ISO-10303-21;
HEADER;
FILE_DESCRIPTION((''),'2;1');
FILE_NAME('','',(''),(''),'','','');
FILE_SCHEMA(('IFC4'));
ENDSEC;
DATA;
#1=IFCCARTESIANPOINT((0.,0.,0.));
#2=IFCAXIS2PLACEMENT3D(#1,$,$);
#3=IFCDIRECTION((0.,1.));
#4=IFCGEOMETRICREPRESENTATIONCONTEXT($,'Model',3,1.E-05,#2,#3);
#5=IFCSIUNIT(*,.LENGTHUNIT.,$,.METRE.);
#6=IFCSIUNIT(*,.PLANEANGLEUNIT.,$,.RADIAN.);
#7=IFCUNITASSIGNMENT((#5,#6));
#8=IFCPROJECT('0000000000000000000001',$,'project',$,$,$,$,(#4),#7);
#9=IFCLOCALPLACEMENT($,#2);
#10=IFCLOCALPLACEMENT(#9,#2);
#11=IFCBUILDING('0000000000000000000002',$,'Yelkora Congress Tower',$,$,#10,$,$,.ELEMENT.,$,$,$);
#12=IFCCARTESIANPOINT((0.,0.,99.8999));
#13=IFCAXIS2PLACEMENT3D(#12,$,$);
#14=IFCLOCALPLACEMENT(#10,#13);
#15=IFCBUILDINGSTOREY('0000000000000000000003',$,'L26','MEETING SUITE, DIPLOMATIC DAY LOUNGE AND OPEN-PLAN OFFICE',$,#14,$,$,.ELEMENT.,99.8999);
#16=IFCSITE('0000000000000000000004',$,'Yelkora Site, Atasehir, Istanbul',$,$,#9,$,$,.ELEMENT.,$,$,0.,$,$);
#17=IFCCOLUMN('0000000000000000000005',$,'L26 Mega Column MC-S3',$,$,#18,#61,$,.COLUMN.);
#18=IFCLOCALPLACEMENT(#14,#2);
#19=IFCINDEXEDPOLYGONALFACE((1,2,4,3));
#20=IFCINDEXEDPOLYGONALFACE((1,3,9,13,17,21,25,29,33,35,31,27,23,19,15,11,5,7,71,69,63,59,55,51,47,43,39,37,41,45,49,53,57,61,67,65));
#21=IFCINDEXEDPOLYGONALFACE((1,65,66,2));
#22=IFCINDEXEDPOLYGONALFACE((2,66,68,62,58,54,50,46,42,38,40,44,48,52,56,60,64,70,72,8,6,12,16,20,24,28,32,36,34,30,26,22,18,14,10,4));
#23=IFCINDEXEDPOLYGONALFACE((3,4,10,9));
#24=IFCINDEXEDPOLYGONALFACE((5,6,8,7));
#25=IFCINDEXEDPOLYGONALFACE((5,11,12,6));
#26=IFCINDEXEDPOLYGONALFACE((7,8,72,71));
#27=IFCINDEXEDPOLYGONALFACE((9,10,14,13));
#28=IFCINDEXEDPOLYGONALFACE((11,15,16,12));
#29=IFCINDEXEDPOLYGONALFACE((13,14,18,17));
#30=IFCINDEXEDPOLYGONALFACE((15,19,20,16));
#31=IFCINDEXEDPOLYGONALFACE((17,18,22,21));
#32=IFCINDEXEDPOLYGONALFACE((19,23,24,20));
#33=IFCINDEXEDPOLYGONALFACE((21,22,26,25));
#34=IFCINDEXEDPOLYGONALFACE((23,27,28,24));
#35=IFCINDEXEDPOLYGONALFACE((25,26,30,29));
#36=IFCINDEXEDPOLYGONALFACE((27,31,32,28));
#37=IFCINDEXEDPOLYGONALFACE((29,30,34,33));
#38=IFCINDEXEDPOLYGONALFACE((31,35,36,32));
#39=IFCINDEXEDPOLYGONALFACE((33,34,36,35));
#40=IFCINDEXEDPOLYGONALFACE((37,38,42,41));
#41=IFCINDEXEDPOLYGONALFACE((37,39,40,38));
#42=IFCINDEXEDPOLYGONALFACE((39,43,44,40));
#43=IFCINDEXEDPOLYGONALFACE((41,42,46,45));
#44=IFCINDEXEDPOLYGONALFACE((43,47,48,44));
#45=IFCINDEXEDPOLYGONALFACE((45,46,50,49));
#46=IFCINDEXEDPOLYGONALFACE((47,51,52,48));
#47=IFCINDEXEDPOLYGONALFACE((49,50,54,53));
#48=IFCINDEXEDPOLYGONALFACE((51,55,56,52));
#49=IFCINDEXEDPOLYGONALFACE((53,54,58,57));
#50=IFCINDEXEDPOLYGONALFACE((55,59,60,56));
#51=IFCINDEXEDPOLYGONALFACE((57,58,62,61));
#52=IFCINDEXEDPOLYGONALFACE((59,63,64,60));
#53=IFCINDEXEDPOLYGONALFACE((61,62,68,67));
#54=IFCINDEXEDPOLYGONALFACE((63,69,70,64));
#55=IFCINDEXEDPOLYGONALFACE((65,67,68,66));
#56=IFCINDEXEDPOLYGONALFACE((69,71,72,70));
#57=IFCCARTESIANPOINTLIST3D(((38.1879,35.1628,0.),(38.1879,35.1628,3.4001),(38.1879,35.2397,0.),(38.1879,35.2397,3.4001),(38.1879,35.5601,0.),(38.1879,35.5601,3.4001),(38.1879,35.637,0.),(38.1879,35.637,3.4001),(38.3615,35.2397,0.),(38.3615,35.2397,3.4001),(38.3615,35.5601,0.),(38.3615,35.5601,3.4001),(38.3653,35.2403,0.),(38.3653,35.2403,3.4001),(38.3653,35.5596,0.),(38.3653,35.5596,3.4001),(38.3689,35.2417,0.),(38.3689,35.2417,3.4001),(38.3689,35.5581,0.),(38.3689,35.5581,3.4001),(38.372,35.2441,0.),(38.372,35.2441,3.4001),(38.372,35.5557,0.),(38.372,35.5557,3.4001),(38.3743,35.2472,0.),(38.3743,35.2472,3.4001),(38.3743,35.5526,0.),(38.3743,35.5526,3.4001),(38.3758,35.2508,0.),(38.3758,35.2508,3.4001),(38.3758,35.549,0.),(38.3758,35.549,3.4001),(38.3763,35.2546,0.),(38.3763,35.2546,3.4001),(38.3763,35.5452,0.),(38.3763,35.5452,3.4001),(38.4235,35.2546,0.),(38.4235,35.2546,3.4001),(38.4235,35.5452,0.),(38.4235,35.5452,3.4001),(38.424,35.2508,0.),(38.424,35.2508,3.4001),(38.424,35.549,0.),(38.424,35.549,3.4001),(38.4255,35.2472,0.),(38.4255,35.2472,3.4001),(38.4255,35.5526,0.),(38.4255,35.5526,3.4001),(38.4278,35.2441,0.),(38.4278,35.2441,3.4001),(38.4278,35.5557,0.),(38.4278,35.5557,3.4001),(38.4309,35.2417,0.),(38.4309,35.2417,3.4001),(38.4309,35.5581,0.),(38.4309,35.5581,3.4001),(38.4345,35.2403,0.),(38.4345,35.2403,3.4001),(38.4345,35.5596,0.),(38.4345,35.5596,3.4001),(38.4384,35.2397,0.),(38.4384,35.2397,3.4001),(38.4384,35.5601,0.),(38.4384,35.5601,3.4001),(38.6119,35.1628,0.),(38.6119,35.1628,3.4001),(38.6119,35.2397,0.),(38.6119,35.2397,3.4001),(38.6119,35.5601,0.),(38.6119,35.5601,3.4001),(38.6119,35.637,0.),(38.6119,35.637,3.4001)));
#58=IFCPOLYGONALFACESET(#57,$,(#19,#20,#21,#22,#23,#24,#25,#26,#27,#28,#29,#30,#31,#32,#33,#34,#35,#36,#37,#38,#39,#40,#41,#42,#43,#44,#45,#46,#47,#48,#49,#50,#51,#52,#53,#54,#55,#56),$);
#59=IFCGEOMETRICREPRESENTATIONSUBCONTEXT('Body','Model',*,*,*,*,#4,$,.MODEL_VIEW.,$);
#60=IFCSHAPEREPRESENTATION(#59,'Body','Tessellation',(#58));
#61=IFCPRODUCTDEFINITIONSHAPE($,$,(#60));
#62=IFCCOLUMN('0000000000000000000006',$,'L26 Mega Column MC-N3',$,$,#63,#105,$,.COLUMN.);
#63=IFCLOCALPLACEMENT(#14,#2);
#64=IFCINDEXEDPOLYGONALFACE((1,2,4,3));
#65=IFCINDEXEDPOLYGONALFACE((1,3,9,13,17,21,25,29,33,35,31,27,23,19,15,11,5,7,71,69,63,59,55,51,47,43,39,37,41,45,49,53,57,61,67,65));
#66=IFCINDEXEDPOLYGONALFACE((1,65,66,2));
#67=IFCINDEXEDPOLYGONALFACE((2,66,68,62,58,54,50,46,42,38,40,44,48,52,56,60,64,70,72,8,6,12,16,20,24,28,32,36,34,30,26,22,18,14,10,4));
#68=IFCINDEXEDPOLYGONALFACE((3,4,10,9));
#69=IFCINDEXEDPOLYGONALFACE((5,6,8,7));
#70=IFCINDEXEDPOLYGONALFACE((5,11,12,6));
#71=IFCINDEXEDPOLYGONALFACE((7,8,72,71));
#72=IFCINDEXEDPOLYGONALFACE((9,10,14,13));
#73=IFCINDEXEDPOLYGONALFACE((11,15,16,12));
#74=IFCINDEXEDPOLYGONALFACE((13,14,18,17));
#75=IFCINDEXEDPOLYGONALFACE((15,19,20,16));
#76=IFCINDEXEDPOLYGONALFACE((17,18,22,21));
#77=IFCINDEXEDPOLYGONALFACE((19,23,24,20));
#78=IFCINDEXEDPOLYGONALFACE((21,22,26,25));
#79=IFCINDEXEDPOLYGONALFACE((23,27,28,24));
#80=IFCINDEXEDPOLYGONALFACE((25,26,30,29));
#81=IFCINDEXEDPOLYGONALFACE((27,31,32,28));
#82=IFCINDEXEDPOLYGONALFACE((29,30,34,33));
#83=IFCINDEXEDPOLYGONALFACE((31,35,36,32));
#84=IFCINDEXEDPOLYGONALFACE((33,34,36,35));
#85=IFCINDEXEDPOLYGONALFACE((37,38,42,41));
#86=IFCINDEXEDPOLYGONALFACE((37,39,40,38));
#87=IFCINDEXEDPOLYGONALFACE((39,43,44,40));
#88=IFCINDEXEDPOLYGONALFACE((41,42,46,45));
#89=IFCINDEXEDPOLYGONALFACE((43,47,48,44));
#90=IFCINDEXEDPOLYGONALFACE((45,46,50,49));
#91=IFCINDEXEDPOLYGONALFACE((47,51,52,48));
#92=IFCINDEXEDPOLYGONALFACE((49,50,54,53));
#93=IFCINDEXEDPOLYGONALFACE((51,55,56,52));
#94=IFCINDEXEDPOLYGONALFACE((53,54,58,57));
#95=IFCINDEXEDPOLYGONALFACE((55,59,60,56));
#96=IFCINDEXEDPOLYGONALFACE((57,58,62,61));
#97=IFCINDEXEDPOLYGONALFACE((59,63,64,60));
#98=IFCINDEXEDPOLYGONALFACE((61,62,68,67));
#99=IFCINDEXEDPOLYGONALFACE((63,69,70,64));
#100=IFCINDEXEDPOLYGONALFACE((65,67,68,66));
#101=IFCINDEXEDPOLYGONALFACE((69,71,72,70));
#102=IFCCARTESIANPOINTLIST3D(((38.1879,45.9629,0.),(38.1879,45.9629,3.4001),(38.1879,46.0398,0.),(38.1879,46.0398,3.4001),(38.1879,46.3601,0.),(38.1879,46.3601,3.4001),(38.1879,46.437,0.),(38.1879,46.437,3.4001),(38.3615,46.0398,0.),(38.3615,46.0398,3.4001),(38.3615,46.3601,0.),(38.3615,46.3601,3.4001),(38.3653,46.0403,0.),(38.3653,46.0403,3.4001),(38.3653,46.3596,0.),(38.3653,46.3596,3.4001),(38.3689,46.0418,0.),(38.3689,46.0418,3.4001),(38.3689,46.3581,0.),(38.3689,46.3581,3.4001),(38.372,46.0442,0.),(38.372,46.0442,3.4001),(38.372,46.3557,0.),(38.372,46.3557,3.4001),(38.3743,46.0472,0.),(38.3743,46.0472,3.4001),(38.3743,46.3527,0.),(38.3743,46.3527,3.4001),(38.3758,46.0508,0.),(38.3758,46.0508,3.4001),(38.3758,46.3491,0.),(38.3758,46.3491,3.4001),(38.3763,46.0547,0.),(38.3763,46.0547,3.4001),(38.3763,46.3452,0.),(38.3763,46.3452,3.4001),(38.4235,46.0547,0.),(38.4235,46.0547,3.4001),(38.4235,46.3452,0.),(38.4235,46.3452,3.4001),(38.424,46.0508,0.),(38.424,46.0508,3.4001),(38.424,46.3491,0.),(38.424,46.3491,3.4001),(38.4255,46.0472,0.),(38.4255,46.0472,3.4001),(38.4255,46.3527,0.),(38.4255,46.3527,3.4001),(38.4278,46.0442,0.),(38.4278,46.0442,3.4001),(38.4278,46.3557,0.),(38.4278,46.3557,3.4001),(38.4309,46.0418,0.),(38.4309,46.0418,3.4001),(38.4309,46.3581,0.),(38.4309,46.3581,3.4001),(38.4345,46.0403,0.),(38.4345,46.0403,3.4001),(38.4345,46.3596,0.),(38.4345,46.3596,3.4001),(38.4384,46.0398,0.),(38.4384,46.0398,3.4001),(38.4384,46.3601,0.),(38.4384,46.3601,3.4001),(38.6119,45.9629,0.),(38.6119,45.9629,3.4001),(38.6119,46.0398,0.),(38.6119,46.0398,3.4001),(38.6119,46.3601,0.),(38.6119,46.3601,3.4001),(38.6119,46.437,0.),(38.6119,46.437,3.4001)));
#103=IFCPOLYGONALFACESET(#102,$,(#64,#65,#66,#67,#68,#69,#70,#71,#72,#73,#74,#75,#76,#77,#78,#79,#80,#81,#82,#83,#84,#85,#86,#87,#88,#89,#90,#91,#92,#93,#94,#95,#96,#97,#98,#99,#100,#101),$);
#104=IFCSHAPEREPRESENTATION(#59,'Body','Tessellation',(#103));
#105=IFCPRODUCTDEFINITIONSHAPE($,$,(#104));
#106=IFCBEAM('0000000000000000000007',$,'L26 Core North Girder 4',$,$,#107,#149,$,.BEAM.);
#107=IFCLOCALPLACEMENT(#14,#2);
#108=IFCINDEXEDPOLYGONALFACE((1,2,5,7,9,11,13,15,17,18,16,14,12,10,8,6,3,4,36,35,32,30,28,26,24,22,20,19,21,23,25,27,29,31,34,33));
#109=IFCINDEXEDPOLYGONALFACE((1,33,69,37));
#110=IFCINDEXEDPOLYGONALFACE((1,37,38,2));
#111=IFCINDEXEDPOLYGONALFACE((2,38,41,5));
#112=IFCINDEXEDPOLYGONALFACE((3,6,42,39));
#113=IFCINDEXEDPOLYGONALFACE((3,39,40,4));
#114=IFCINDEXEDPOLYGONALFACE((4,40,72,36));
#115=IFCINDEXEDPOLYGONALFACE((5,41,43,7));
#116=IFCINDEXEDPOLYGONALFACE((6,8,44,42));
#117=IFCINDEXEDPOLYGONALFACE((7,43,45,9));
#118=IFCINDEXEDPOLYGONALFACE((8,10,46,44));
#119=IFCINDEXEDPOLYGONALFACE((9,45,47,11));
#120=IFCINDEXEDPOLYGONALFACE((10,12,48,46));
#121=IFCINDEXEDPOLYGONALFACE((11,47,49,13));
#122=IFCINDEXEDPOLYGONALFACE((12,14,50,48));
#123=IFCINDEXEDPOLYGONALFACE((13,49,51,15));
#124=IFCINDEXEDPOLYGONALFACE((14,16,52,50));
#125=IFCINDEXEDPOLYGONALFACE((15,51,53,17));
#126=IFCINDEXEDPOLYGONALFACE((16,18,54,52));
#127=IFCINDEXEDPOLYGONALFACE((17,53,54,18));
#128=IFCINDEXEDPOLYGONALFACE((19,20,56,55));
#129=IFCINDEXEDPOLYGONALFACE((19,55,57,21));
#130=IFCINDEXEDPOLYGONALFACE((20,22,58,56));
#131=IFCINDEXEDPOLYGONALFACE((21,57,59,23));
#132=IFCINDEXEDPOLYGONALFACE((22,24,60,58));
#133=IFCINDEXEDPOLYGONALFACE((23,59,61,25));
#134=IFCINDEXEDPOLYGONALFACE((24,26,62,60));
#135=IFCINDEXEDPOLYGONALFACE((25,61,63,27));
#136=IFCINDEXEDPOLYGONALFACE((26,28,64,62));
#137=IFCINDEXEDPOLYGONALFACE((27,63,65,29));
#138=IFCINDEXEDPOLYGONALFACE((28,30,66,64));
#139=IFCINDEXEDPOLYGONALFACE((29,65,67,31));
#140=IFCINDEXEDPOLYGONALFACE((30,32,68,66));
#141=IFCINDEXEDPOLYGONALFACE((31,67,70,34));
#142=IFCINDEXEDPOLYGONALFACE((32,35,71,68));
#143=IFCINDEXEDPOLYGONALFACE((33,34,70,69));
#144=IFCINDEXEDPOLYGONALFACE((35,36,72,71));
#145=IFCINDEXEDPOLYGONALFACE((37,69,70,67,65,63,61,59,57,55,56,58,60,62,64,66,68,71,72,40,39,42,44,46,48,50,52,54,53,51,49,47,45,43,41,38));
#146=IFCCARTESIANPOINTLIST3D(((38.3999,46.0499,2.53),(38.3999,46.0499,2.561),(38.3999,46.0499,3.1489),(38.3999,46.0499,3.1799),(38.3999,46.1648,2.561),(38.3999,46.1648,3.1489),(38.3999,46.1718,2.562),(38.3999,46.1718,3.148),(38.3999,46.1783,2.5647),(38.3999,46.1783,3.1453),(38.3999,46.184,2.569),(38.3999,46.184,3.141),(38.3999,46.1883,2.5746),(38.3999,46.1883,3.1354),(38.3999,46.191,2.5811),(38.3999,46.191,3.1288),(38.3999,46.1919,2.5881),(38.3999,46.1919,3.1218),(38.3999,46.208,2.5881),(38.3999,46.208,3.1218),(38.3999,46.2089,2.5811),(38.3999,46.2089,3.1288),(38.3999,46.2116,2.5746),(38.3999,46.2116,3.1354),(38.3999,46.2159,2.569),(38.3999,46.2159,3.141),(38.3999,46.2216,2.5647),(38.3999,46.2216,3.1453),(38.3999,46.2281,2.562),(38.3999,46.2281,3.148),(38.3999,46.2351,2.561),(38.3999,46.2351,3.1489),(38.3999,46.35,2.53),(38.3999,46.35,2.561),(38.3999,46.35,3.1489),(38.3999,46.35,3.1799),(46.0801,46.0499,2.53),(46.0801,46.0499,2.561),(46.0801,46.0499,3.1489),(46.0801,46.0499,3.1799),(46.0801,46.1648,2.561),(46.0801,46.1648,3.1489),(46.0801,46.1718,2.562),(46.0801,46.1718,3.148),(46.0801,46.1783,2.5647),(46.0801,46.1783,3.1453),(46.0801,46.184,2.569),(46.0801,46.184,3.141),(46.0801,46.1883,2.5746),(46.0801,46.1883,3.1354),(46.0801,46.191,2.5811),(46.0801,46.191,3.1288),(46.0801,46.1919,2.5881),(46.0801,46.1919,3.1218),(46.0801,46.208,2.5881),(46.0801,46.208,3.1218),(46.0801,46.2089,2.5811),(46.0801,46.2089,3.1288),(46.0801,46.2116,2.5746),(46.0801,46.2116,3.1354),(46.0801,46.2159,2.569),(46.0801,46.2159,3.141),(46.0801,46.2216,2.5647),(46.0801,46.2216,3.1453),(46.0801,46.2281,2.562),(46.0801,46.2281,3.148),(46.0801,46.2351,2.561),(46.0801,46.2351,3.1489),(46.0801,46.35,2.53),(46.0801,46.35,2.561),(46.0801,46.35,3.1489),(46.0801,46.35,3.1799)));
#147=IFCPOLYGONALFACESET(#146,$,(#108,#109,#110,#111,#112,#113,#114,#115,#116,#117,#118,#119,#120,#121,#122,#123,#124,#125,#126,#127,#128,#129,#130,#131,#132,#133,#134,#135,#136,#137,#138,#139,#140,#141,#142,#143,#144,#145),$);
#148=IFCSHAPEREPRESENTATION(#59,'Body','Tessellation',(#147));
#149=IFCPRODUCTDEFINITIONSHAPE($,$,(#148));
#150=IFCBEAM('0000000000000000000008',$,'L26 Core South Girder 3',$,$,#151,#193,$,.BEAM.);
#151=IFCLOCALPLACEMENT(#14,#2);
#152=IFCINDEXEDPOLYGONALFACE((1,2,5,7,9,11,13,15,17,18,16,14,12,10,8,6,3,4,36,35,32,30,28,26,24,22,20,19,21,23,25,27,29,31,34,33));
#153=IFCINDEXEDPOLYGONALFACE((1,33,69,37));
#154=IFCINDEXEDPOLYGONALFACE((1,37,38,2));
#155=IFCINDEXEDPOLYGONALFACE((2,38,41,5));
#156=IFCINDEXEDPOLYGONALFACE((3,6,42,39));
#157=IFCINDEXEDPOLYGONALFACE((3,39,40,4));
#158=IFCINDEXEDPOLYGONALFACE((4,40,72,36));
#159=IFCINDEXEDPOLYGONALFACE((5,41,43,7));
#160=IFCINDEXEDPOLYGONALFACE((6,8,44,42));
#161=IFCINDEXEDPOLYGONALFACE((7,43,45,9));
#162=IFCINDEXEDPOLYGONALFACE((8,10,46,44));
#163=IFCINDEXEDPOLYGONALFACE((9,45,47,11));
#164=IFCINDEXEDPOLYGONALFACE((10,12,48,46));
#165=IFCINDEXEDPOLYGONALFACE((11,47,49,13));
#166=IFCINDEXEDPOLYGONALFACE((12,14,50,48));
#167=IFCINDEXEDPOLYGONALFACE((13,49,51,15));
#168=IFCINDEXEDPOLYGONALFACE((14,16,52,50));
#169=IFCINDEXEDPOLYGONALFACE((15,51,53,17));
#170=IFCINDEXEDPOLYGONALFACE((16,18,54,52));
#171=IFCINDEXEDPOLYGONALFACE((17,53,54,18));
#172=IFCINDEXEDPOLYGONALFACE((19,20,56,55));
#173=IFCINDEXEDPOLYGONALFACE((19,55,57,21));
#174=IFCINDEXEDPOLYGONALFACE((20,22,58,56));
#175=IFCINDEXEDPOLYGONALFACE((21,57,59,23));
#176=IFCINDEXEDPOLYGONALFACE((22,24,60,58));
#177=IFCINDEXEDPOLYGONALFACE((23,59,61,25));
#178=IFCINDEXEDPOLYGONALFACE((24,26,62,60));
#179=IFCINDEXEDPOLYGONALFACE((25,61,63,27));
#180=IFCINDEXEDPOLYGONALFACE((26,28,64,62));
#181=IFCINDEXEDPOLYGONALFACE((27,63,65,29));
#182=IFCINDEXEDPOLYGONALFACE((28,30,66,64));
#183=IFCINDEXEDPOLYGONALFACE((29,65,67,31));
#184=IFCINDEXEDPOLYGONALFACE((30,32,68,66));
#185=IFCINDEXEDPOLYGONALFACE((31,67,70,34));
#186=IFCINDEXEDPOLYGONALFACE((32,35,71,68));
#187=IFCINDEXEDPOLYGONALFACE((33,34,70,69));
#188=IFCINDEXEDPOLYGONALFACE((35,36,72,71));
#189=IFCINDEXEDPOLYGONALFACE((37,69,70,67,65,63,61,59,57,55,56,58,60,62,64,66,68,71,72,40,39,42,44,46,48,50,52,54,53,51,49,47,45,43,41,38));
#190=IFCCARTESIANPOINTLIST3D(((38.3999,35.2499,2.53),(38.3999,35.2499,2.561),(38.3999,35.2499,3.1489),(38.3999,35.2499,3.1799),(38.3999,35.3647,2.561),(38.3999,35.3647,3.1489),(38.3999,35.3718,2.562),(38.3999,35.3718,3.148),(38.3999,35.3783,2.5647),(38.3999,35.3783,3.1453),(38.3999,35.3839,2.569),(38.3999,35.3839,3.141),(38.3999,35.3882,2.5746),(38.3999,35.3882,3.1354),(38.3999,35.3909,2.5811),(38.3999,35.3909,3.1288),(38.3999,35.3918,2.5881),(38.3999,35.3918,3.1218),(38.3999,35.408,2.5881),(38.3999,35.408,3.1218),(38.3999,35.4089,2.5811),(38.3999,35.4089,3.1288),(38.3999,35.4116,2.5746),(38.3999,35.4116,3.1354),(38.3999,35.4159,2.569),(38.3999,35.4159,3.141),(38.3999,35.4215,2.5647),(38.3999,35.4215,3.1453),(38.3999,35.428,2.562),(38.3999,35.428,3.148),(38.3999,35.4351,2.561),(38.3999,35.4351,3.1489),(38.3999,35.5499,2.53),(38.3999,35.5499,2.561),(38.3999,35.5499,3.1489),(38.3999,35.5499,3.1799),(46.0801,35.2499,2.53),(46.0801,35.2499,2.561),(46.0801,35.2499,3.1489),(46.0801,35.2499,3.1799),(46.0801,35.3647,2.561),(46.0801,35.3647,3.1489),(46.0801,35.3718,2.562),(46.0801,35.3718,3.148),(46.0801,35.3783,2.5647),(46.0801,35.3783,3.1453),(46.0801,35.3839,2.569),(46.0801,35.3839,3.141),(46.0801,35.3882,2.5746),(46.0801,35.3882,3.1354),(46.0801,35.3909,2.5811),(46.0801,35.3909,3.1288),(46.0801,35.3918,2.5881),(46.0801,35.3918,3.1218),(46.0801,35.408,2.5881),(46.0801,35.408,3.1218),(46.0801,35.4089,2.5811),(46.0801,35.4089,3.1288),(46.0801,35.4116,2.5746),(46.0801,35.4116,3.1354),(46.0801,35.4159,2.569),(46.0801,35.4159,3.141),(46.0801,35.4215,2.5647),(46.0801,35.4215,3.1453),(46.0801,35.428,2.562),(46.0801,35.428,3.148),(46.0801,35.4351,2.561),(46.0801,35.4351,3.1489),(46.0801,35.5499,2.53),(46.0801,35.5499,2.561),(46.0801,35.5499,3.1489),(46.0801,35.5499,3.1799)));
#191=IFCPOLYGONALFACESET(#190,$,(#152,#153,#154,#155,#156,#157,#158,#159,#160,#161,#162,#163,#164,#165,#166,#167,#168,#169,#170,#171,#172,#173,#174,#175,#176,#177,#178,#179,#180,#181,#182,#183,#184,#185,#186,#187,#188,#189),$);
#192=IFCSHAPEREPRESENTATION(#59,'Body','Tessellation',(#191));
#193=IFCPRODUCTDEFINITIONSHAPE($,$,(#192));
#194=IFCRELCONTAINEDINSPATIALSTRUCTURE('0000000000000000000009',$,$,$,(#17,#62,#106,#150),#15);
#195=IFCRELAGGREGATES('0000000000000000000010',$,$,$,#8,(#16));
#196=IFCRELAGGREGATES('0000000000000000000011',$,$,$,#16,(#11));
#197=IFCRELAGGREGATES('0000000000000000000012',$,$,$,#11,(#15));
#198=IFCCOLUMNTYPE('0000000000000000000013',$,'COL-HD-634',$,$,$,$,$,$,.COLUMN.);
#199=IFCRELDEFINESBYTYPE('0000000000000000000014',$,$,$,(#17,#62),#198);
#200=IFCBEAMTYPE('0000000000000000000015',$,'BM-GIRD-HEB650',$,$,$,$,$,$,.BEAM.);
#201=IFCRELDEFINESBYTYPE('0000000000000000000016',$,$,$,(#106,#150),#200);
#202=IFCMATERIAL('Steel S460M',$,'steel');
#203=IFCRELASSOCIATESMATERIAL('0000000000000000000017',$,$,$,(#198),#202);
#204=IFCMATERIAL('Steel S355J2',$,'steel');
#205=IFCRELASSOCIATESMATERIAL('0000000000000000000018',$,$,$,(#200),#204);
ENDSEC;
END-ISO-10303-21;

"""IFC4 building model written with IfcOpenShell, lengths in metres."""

from ifc_helpers import new_model, si_unit, direction, frame, origin, origin_2d, place, context, subcontext, project, spatial, i_section, extrude, material, material_profile, profile_set, type_object, element, save


model = new_model("IFC4")

# Units and contexts
model_context = context("Model", 3, precision=1e-05, world=origin(), true_north=direction((0.0, 1.0)))
body_context = subcontext(model_context, "Body", "Model", "MODEL_VIEW")
ifc_project = project(units=[si_unit("LENGTHUNIT", "METRE"), si_unit("PLANEANGLEUNIT", "RADIAN")], contexts=[model_context])

# Site, building, storey
site_placement = place(None, origin())
site = spatial("IfcSite", under=ifc_project, at=site_placement, Name="Yelkora Site, Atasehir, Istanbul", CompositionType="ELEMENT", RefElevation=0.0)
building_placement = place(site_placement, origin())
building = spatial("IfcBuilding", under=site, at=building_placement, Name="Yelkora Congress Tower", CompositionType="ELEMENT")
storey_placement = place(building_placement, frame((0.0, 0.0, 99.8999)))
storey = spatial("IfcBuildingStorey", under=building, at=storey_placement, Name="L26", Description="MEETING SUITE, DIPLOMATIC DAY LOUNGE AND OPEN-PLAN OFFICE", CompositionType="ELEMENT", Elevation=99.8999)

# Columns
ifc_material_1 = material(Name="Steel S460M", Category="steel")
ifc_material_profile_1 = material_profile(ifc_material_1, i_section(OverallWidth=0.4241, OverallDepth=0.4741, WebThickness=0.0471, FlangeThickness=0.0769, FilletRadius=0.0149, at=origin_2d()), Name="HD 400x634")
ifc_profile_set_1 = profile_set([ifc_material_profile_1], Name="Steel S460M")
column_type = type_object("IfcColumnType", Name="COL-HD-634", PredefinedType="COLUMN", material=ifc_profile_set_1)
for number, where, z_axis, x_axis, name in (
    (1, (38.3999, 35.3999, 0.0), (0.0, 0.0, 1.0), (1.0, 0.0, 0.0), "L26 Mega Column MC-S3"),
    (2, (38.3999, 46.2, 0.0), (0.0, 0.0, 1.0), (1.0, 0.0, 0.0), "L26 Mega Column MC-N3"),
):
    element("IfcColumn", number, at=place(storey_placement, frame(where, z_axis=z_axis, x_axis=x_axis)), inside=storey, type_object=column_type, Name=name, PredefinedType="COLUMN", context=body_context, shape_type="SweptSolid", body=[
        extrude(i_section(OverallWidth=0.4241, OverallDepth=0.4741, WebThickness=0.0471, FlangeThickness=0.0769, FilletRadius=0.0149, at=origin_2d()), origin(), (0.0, 0.0, 1.0), 3.4001),
    ])

# Beams
ifc_material_2 = material(Name="Steel S355J2", Category="steel")
ifc_material_profile_2 = material_profile(ifc_material_2, i_section(OverallWidth=0.3, OverallDepth=0.6499, WebThickness=0.0161, FlangeThickness=0.031, FilletRadius=0.0271, at=origin_2d()), Name="HEB 650")
ifc_profile_set_2 = profile_set([ifc_material_profile_2], Name="Steel S355J2")
beam_type = type_object("IfcBeamType", Name="BM-GIRD-HEB650", PredefinedType="BEAM", material=ifc_profile_set_2)
for number, where, z_axis, x_axis, name in (
    (3, (38.3999, 46.2, 2.855), (1.0, 0.0, 0.0), (0.0, 1.0, 0.0), "L26 Core North Girder 4"),
    (4, (38.3999, 35.3999, 2.855), (1.0, 0.0, 0.0), (0.0, 1.0, 0.0), "L26 Core South Girder 3"),
):
    element("IfcBeam", number, at=place(storey_placement, frame(where, z_axis=z_axis, x_axis=x_axis)), inside=storey, type_object=beam_type, Name=name, PredefinedType="BEAM", context=body_context, shape_type="SweptSolid", body=[
        extrude(i_section(OverallWidth=0.3, OverallDepth=0.6499, WebThickness=0.0161, FlangeThickness=0.031, FilletRadius=0.0271, at=origin_2d()), origin(), (0.0, 0.0, 1.0), 7.6802),
    ])

save(model, "model.ifc")
